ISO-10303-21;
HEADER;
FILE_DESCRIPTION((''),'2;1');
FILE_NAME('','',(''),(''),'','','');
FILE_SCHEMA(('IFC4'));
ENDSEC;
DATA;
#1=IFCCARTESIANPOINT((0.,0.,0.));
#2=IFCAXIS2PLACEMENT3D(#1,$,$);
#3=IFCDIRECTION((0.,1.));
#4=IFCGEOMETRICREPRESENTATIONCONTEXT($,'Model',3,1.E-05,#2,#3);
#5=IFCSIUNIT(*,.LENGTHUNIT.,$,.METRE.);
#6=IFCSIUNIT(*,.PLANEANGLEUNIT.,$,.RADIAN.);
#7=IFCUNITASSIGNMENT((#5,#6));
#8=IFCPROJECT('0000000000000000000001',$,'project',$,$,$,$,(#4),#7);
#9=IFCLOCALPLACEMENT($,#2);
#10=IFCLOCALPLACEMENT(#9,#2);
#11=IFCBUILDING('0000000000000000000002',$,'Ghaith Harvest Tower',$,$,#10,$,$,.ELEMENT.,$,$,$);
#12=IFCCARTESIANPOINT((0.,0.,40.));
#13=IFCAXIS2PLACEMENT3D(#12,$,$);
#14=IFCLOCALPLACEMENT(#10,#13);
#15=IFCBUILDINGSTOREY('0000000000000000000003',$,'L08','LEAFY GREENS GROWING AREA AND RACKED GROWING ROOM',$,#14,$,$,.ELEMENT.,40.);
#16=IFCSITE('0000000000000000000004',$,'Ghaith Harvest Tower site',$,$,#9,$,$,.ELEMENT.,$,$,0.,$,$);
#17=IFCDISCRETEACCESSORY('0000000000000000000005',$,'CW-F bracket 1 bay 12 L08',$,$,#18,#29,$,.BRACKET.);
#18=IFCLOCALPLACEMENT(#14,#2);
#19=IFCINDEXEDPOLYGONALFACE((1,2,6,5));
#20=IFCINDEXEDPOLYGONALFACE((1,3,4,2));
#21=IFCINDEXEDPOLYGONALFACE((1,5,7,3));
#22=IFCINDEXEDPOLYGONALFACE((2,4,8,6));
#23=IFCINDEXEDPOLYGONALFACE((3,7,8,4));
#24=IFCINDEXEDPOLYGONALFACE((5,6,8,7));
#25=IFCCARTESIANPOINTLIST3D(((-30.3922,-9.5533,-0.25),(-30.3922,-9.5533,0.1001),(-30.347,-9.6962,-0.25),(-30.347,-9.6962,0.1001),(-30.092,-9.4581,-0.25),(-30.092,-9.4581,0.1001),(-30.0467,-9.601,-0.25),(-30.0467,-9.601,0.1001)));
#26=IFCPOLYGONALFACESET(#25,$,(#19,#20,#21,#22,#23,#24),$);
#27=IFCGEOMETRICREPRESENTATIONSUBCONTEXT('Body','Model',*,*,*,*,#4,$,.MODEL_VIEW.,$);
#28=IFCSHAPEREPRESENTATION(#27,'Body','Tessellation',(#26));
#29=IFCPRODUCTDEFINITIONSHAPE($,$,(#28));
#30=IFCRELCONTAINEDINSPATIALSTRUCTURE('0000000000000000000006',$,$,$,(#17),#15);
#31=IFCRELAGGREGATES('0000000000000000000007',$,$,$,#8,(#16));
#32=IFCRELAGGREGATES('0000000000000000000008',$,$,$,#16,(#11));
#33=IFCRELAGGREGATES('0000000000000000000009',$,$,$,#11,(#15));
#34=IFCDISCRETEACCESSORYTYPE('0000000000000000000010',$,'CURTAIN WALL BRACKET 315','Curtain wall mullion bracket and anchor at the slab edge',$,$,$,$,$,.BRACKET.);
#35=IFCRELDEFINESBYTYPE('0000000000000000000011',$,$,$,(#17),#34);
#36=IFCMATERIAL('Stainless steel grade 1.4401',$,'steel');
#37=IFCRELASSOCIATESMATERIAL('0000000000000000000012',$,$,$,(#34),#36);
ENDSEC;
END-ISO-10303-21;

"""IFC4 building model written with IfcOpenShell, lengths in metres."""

from ifc_helpers import new_model, si_unit, direction, frame, origin, origin_2d, place, context, subcontext, project, spatial, rectangle, extrude, material, type_object, element, save


model = new_model("IFC4")

# Units and contexts
model_context = context("Model", 3, precision=1e-05, world=origin(), true_north=direction((0.0, 1.0)))
body_context = subcontext(model_context, "Body", "Model", "MODEL_VIEW")
ifc_project = project(units=[si_unit("LENGTHUNIT", "METRE"), si_unit("PLANEANGLEUNIT", "RADIAN")], contexts=[model_context])

# Site, building, storey
site_placement = place(None, origin())
site = spatial("IfcSite", under=ifc_project, at=site_placement, Name="Ghaith Harvest Tower site", CompositionType="ELEMENT", RefElevation=0.0)
building_placement = place(site_placement, origin())
building = spatial("IfcBuilding", under=site, at=building_placement, Name="Ghaith Harvest Tower", CompositionType="ELEMENT")
storey_placement = place(building_placement, frame((0.0, 0.0, 40.0)))
storey = spatial("IfcBuildingStorey", under=building, at=storey_placement, Name="L08", Description="LEAFY GREENS GROWING AREA AND RACKED GROWING ROOM", CompositionType="ELEMENT", Elevation=40.0)

# Discrete accessory
ifc_material_1 = material(Name="Stainless steel grade 1.4401", Category="steel")
discrete_accessory_type = type_object("IfcDiscreteAccessoryType", Name="CURTAIN WALL BRACKET 315", Description="Curtain wall mullion bracket and anchor at the slab edge", PredefinedType="BRACKET", material=ifc_material_1)
discrete_accessory_placement = place(storey_placement, frame((-30.2195, -9.5771, -0.25), z_axis=(0.0, 0.0, 1.0), x_axis=(-0.953273, -0.30211, 0.0)))
element("IfcDiscreteAccessory", 1, at=discrete_accessory_placement, inside=storey, type_object=discrete_accessory_type, Name="CW-F bracket 1 bay 12 L08", PredefinedType="BRACKET", context=body_context, shape_type="SweptSolid", body=[
    extrude(rectangle(XDim=0.3149, YDim=0.1499, at=origin_2d()), origin(), (0.0, 0.0, 1.0), 0.3501),
])

save(model, "model.ifc")
